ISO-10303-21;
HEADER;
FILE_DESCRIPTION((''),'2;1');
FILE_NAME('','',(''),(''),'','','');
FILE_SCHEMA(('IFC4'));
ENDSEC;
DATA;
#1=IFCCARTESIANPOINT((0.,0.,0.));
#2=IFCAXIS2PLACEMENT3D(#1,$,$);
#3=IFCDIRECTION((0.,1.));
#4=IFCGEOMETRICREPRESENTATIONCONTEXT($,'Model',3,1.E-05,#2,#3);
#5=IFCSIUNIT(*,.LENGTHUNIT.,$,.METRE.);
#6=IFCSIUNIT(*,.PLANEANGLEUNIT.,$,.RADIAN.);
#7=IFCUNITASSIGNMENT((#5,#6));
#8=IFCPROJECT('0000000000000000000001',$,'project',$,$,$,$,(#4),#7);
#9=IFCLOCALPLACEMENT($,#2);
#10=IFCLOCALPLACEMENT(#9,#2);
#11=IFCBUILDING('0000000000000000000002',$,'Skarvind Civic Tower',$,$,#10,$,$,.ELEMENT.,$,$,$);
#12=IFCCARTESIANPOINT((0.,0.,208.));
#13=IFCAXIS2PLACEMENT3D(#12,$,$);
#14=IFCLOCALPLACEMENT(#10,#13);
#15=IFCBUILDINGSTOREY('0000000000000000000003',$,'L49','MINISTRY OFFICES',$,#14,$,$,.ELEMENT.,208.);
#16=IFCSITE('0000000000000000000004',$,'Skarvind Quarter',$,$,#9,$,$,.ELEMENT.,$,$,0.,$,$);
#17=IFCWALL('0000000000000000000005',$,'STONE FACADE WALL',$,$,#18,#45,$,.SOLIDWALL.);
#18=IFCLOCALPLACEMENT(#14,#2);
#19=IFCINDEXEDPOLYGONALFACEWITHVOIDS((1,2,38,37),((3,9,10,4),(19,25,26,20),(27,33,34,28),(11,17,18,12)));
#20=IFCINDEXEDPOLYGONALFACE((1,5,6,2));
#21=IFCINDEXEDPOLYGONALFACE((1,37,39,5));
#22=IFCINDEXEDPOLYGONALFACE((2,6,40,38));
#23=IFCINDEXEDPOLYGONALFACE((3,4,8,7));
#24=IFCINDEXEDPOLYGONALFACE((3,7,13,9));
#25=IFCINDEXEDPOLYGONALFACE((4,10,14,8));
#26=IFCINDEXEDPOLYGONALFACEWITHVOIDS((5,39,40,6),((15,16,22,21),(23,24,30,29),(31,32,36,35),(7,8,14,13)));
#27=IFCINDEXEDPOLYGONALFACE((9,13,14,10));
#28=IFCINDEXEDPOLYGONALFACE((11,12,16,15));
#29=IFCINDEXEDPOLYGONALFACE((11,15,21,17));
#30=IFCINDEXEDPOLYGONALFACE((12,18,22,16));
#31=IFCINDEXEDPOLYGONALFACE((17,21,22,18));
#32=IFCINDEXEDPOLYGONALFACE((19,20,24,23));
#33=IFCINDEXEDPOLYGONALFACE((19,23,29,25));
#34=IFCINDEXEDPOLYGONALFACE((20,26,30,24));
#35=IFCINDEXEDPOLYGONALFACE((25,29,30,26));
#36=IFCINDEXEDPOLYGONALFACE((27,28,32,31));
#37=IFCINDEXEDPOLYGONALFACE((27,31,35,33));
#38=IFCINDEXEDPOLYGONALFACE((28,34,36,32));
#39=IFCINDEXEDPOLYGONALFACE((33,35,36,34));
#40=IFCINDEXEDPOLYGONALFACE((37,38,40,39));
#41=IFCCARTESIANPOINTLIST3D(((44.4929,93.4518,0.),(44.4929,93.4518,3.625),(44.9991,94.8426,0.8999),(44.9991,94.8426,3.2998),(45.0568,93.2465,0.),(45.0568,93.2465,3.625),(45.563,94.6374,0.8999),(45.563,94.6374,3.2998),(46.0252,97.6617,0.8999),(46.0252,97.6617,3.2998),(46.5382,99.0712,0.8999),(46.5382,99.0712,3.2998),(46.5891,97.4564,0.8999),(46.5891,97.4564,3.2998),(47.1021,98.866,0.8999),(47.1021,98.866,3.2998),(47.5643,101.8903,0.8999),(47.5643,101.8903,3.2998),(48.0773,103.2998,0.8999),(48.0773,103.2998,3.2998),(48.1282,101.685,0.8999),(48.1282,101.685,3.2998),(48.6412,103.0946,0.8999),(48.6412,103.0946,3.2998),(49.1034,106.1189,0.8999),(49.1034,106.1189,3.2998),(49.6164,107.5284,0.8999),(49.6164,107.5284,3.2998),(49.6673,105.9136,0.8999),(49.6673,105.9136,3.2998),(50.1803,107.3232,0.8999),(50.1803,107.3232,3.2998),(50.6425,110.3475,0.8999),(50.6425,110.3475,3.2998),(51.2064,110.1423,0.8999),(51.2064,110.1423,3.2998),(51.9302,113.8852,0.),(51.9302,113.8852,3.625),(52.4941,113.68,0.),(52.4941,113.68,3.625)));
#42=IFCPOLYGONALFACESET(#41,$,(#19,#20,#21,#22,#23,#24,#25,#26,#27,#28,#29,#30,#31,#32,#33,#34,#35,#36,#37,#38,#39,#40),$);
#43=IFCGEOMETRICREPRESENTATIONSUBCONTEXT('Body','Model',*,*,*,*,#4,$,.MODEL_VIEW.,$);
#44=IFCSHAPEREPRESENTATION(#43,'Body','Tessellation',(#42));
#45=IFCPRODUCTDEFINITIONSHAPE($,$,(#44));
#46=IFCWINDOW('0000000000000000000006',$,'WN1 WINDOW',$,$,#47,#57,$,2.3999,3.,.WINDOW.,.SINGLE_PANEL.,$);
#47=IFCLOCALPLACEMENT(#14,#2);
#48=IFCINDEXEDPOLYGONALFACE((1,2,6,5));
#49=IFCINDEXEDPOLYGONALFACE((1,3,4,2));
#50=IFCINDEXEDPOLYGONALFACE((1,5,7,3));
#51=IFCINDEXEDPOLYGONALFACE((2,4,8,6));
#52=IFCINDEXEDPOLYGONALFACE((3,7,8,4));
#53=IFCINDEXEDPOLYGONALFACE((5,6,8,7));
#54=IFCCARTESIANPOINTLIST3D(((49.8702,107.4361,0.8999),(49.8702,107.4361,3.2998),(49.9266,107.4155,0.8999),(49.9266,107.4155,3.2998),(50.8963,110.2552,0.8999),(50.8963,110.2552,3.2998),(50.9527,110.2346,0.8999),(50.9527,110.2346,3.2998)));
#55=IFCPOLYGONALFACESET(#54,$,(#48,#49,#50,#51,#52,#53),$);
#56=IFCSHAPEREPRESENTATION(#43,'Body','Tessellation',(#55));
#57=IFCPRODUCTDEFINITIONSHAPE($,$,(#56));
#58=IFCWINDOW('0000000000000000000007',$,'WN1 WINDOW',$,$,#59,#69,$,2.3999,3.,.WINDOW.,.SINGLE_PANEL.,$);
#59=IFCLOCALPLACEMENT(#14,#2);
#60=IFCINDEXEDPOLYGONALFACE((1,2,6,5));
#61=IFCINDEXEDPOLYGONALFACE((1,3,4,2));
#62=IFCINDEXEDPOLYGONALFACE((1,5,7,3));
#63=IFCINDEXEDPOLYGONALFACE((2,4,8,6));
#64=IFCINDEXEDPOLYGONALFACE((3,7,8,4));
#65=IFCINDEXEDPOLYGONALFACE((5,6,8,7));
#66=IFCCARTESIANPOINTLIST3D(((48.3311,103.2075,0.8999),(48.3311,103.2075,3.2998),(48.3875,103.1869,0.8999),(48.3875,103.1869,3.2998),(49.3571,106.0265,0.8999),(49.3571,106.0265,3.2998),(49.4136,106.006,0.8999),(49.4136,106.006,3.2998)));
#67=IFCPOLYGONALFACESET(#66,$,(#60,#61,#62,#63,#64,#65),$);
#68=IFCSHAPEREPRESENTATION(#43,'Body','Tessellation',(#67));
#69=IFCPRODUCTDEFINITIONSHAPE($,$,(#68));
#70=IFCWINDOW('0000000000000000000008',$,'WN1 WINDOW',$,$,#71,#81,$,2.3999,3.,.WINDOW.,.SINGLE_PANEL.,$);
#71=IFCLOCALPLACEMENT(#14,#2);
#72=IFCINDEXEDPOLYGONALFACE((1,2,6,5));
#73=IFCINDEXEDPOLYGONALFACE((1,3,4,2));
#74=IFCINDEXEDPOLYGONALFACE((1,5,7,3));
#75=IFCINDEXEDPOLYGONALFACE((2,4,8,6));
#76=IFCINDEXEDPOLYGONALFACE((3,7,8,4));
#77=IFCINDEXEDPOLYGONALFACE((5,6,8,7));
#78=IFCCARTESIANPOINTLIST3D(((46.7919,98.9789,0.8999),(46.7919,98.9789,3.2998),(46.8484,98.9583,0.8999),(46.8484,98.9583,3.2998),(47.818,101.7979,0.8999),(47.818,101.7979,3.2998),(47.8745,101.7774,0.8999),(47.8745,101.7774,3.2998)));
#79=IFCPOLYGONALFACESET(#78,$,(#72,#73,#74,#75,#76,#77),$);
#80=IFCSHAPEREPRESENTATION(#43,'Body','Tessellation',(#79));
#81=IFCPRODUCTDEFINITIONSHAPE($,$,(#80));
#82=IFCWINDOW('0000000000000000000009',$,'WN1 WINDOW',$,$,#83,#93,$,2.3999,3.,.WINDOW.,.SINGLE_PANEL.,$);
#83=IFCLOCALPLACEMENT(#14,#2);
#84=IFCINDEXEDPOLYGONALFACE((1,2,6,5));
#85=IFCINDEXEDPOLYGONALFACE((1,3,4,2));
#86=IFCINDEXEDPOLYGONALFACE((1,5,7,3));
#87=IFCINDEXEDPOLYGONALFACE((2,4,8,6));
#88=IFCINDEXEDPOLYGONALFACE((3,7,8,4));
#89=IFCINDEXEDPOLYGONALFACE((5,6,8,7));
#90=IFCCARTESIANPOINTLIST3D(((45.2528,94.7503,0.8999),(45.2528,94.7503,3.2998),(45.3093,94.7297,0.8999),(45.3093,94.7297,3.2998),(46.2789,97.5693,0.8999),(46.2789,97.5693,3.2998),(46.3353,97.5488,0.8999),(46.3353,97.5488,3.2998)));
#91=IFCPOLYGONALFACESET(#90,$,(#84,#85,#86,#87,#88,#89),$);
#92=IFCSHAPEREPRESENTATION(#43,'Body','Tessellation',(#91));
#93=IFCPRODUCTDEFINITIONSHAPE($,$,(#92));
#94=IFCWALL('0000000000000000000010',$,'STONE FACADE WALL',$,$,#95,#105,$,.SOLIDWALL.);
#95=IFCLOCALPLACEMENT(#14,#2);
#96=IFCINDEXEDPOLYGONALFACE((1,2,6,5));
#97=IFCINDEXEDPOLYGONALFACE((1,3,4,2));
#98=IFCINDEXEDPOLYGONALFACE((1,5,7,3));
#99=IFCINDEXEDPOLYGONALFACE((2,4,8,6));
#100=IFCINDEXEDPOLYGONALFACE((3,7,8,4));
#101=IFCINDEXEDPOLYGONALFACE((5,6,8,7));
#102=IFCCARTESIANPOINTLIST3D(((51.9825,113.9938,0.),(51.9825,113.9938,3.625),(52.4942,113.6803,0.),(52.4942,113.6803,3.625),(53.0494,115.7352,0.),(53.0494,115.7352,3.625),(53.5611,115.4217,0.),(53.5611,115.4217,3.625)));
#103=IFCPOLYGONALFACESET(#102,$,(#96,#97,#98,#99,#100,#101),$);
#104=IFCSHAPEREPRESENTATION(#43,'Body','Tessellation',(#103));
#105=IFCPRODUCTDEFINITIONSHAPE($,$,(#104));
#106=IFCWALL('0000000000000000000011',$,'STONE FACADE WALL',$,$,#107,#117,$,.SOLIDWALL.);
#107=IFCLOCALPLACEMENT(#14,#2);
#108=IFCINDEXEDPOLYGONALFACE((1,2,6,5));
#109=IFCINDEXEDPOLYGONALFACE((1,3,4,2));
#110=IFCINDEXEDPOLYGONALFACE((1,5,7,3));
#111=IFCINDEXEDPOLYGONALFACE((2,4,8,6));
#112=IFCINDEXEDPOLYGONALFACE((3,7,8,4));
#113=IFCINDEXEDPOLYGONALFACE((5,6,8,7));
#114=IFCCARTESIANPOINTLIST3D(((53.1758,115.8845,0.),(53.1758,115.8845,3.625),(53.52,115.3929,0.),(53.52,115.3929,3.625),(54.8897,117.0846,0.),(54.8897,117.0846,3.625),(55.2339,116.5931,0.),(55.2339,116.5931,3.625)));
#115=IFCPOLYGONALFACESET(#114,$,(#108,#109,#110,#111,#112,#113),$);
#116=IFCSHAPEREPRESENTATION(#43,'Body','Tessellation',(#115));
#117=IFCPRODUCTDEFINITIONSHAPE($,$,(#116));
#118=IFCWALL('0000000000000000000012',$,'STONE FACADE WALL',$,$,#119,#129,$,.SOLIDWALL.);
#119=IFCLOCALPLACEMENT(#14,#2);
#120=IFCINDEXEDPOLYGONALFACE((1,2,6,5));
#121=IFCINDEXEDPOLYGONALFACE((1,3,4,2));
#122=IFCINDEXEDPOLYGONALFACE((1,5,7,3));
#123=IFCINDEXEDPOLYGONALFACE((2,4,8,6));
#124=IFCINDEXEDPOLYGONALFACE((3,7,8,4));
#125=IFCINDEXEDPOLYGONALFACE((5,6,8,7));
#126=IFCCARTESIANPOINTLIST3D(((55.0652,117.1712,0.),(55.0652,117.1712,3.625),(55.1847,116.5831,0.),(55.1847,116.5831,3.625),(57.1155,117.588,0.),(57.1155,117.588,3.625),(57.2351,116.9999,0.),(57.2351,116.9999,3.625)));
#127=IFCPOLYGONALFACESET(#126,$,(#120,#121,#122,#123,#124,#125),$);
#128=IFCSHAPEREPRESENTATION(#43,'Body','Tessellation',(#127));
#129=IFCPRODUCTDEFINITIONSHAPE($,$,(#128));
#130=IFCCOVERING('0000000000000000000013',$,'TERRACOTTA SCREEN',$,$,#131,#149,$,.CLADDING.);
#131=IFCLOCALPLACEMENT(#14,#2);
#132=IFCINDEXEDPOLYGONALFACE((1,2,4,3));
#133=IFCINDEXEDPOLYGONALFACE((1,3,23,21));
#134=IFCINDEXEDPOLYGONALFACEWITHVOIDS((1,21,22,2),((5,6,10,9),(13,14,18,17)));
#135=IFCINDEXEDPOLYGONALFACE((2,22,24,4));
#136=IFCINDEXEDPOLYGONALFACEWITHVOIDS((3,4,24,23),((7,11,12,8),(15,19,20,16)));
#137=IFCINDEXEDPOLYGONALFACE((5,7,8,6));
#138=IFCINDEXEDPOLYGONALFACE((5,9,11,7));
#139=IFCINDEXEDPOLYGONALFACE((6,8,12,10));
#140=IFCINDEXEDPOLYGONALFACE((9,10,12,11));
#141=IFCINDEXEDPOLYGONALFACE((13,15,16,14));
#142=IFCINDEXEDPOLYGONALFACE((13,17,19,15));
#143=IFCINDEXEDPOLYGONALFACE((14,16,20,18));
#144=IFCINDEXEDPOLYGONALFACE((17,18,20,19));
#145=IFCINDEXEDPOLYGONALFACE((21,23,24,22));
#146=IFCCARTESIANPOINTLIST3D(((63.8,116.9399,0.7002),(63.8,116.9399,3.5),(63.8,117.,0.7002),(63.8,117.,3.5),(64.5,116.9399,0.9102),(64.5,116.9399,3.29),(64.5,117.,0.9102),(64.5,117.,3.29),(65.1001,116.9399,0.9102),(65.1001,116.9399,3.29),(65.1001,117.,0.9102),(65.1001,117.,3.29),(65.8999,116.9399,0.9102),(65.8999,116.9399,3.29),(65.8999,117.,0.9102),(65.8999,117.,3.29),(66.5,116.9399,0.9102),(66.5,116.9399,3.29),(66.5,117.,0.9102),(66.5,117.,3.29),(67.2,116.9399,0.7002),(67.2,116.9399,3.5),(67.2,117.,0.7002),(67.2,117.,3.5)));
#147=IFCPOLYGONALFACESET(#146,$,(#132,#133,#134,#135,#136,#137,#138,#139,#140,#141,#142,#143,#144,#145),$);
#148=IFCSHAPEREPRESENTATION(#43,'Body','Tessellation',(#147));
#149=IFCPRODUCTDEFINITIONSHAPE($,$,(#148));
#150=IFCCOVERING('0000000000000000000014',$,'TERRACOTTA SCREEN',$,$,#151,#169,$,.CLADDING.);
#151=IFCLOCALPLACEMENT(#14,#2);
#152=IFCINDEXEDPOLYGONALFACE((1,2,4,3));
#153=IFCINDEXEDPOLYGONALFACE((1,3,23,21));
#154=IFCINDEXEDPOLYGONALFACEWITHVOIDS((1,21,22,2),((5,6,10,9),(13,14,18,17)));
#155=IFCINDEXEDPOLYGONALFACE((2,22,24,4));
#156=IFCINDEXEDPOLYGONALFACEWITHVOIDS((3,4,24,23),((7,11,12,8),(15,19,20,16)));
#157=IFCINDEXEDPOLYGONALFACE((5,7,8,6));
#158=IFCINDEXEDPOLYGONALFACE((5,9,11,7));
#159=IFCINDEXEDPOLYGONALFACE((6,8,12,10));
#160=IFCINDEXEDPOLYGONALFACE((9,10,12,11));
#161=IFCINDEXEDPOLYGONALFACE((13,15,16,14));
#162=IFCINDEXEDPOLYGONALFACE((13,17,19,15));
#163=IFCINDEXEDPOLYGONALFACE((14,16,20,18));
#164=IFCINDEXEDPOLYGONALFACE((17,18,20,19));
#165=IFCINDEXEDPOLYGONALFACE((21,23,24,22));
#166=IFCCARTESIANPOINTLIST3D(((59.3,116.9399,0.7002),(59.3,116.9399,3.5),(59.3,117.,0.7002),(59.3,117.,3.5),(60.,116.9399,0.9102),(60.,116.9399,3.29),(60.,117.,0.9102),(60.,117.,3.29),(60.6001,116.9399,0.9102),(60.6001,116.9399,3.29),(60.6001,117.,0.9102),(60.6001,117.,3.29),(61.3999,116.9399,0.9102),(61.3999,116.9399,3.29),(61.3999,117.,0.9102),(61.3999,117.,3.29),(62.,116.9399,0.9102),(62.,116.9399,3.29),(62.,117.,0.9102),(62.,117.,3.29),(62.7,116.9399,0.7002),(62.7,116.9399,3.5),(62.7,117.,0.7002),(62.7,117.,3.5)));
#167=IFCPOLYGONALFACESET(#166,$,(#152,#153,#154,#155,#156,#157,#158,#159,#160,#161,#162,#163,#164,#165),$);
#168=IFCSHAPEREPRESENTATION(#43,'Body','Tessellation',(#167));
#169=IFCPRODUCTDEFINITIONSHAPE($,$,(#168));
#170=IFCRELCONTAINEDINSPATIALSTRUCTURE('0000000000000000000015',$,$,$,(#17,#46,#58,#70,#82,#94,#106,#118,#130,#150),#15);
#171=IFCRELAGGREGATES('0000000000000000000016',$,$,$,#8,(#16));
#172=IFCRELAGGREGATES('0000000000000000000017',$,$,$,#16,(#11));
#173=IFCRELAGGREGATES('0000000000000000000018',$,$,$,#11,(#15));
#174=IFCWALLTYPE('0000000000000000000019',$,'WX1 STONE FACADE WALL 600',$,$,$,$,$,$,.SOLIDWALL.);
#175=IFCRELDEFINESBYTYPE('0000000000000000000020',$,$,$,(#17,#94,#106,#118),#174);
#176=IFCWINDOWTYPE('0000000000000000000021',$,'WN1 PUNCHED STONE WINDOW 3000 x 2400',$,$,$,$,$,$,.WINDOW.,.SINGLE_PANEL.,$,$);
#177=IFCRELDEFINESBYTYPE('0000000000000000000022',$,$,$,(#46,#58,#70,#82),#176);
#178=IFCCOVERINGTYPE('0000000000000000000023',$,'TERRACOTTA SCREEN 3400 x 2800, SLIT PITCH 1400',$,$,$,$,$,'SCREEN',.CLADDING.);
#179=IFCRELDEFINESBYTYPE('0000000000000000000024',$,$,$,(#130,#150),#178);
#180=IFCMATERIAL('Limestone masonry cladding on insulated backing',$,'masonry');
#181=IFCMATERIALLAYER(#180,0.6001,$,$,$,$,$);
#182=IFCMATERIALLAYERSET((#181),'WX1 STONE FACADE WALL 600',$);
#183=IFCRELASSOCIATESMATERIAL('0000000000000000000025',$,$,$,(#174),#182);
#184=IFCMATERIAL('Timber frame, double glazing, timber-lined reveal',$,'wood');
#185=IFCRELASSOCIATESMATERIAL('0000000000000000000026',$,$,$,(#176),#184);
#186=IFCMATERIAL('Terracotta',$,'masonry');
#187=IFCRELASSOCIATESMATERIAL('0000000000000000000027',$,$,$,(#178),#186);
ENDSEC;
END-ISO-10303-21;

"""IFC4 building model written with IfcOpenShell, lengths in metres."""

from ifc_helpers import new_model, si_unit, direction, frame, frame_2d, origin, place, context, subcontext, project, spatial, polyline, rectangle, outline, extrude, material, layer, layer_set, material_profile, profile_set, type_object, element, fill, save


model = new_model("IFC4")

# Units and contexts
model_context = context("Model", 3, precision=1e-05, world=origin(), true_north=direction((0.0, 1.0)))
body_context = subcontext(model_context, "Body", "Model", "MODEL_VIEW")
ifc_project = project(units=[si_unit("LENGTHUNIT", "METRE"), si_unit("PLANEANGLEUNIT", "RADIAN")], contexts=[model_context])

# Site, building, storey
site_placement = place(None, origin())
site = spatial("IfcSite", under=ifc_project, at=site_placement, Name="Skarvind Quarter", CompositionType="ELEMENT", RefElevation=0.0)
building_placement = place(site_placement, origin())
building = spatial("IfcBuilding", under=site, at=building_placement, Name="Skarvind Civic Tower", CompositionType="ELEMENT")
storey_placement = place(building_placement, frame((0.0, 0.0, 208.0)))
storey = spatial("IfcBuildingStorey", under=building, at=storey_placement, Name="L49", Description="MINISTRY OFFICES", CompositionType="ELEMENT", Elevation=208.0)

# Wall, openings, windows
ifc_material_1 = material(Name="Limestone masonry cladding on insulated backing", Category="masonry")
ifc_layer_1 = layer(ifc_material_1, 0.6001)
ifc_layer_set_1 = layer_set([ifc_layer_1], Name="WX1 STONE FACADE WALL 600")
wall_type_1 = type_object("IfcWallType", Name="WX1 STONE FACADE WALL 600", PredefinedType="SOLIDWALL", material=ifc_layer_set_1)
wall_1_placement = place(storey_placement, frame((52.2122, 113.7827, 0.0), z_axis=(0.0, 0.0, 1.0), x_axis=(-0.342025, -0.939691, 0.0)))
wall_1 = element("IfcWall", 1, at=wall_1_placement, inside=storey, type_object=wall_type_1, Name="STONE FACADE WALL", PredefinedType="SOLIDWALL", context=body_context, shape_type="SweptSolid", body=[
    extrude(rectangle(XDim=21.7449, YDim=0.6001, at=frame_2d((10.8726, 0.0))), origin(), (0.0, 0.0, 1.0), 3.625),
])
opening_1_placement = place(wall_1_placement, frame((3.7649, 0.0, 0.8999)))
opening_1 = element("IfcOpeningElement", 2, at=opening_1_placement, cuts=wall_1, PredefinedType="OPENING", context=body_context, shape_type="SweptSolid", body=[
    extrude(rectangle(XDim=3.0, YDim=2.3999, at=frame_2d((1.5, 1.2))), frame((0.0, 0.3101, 0.0), z_axis=(0.0, -1.0, 0.0), x_axis=(1.0, 0.0, 0.0)), (0.0, 0.0, 1.0), 0.6201),
])
opening_2_placement = place(wall_1_placement, frame((8.2649, 0.0, 0.8999)))
opening_2 = element("IfcOpeningElement", 3, at=opening_2_placement, cuts=wall_1, PredefinedType="OPENING", context=body_context, shape_type="SweptSolid", body=[
    extrude(rectangle(XDim=3.0, YDim=2.3999, at=frame_2d((1.5, 1.2))), frame((0.0, 0.3101, 0.0), z_axis=(0.0, -1.0, 0.0), x_axis=(1.0, 0.0, 0.0)), (0.0, 0.0, 1.0), 0.6201),
])
opening_3_placement = place(wall_1_placement, frame((12.7649, 0.0, 0.8999)))
opening_3 = element("IfcOpeningElement", 4, at=opening_3_placement, cuts=wall_1, PredefinedType="OPENING", context=body_context, shape_type="SweptSolid", body=[
    extrude(rectangle(XDim=3.0, YDim=2.3999, at=frame_2d((1.5, 1.2))), frame((0.0, 0.3101, 0.0), z_axis=(0.0, -1.0, 0.0), x_axis=(1.0, 0.0, 0.0)), (0.0, 0.0, 1.0), 0.6201),
])
opening_4_placement = place(wall_1_placement, frame((17.2649, 0.0, 0.8999)))
opening_4 = element("IfcOpeningElement", 5, at=opening_4_placement, cuts=wall_1, PredefinedType="OPENING", context=body_context, shape_type="SweptSolid", body=[
    extrude(rectangle(XDim=3.0, YDim=2.3999, at=frame_2d((1.5, 1.2))), frame((0.0, 0.3101, 0.0), z_axis=(0.0, -1.0, 0.0), x_axis=(1.0, 0.0, 0.0)), (0.0, 0.0, 1.0), 0.6201),
])
ifc_material_2 = material(Name="Timber frame, double glazing, timber-lined reveal", Category="wood")
window_type = type_object("IfcWindowType", Name="WN1 PUNCHED STONE WINDOW 3000 x 2400", PartitioningType="SINGLE_PANEL", PredefinedType="WINDOW", material=ifc_material_2)
window_1_placement = place(opening_1_placement, origin())
window_1 = element("IfcWindow", 6, at=window_1_placement, inside=storey, type_object=window_type, Name="WN1 WINDOW", OverallHeight=2.3999, OverallWidth=3.0, PartitioningType="SINGLE_PANEL", PredefinedType="WINDOW", context=body_context, shape_type="SweptSolid", body=[
    extrude(rectangle(XDim=3.0, YDim=2.3999, at=frame_2d((1.5, 1.2))), frame((0.0, 0.03, 0.0), z_axis=(0.0, -1.0, 0.0), x_axis=(1.0, 0.0, 0.0)), (0.0, 0.0, 1.0), 0.0601),
])
fill(opening_1, window_1)
window_2_placement = place(opening_2_placement, origin())
window_2 = element("IfcWindow", 7, at=window_2_placement, inside=storey, type_object=window_type, Name="WN1 WINDOW", OverallHeight=2.3999, OverallWidth=3.0, PartitioningType="SINGLE_PANEL", PredefinedType="WINDOW", context=body_context, shape_type="SweptSolid", body=[
    extrude(rectangle(XDim=3.0, YDim=2.3999, at=frame_2d((1.5, 1.2))), frame((0.0, 0.03, 0.0), z_axis=(0.0, -1.0, 0.0), x_axis=(1.0, 0.0, 0.0)), (0.0, 0.0, 1.0), 0.0601),
])
fill(opening_2, window_2)
window_3_placement = place(opening_3_placement, origin())
window_3 = element("IfcWindow", 8, at=window_3_placement, inside=storey, type_object=window_type, Name="WN1 WINDOW", OverallHeight=2.3999, OverallWidth=3.0, PartitioningType="SINGLE_PANEL", PredefinedType="WINDOW", context=body_context, shape_type="SweptSolid", body=[
    extrude(rectangle(XDim=3.0, YDim=2.3999, at=frame_2d((1.5, 1.2))), frame((0.0, 0.03, 0.0), z_axis=(0.0, -1.0, 0.0), x_axis=(1.0, 0.0, 0.0)), (0.0, 0.0, 1.0), 0.0601),
])
fill(opening_3, window_3)
window_4_placement = place(opening_4_placement, origin())
window_4 = element("IfcWindow", 9, at=window_4_placement, inside=storey, type_object=window_type, Name="WN1 WINDOW", OverallHeight=2.3999, OverallWidth=3.0, PartitioningType="SINGLE_PANEL", PredefinedType="WINDOW", context=body_context, shape_type="SweptSolid", body=[
    extrude(rectangle(XDim=3.0, YDim=2.3999, at=frame_2d((1.5, 1.2))), frame((0.0, 0.03, 0.0), z_axis=(0.0, -1.0, 0.0), x_axis=(1.0, 0.0, 0.0)), (0.0, 0.0, 1.0), 0.0601),
])
fill(opening_4, window_4)

# Walls
wall_2_placement = place(storey_placement, frame((53.3052, 115.5784, 0.0), z_axis=(0.0, 0.0, 1.0), x_axis=(-0.522402, -0.852699, 0.0)))
element("IfcWall", 10, at=wall_2_placement, inside=storey, type_object=wall_type_1, Name="STONE FACADE WALL", PredefinedType="SOLIDWALL", context=body_context, shape_type="SweptSolid", body=[
    extrude(rectangle(XDim=2.0422, YDim=0.6001, at=frame_2d((1.021, 0.0))), origin(), (0.0, 0.0, 1.0), 3.625),
])
for number, where, z_axis, x_axis, name in (
    (11, (55.0618, 116.8389, 0.0), (0.0, 0.0, 1.0), (-0.819122, -0.573619, 0.0), "STONE FACADE WALL"),
    (12, (57.1753, 117.2939, 0.0), (0.0, 0.0, 1.0), (-0.979961, -0.199189, 0.0), "STONE FACADE WALL"),
):
    element("IfcWall", number, at=place(storey_placement, frame(where, z_axis=z_axis, x_axis=x_axis)), inside=storey, type_object=wall_type_1, Name=name, PredefinedType="SOLIDWALL", context=body_context, shape_type="SweptSolid", body=[
        extrude(rectangle(XDim=2.0923, YDim=0.6001, at=frame_2d((1.0461, 0.0))), origin(), (0.0, 0.0, 1.0), 3.625),
    ])

# Coverings
ifc_material_3 = material(Name="Terracotta", Category="masonry")
ifc_material_profile_1 = material_profile(ifc_material_3, outline(polyline([(-1.7, -1.3999), (1.7, -1.3999), (1.7, 1.3999), (-1.7, 1.3999), (-1.7, -1.3999)]), holes=[polyline([(-1.0, -1.1899), (-0.3999, -1.1899), (-0.3999, 1.1899), (-1.0, 1.1899), (-1.0, -1.1899)]), polyline([(0.3999, -1.1899), (1.0, -1.1899), (1.0, 1.1899), (0.3999, 1.1899), (0.3999, -1.1899)])]), Name="TERRACOTTA SCREEN 3400 x 2800, SLIT PITCH 1400")
ifc_profile_set_1 = profile_set([ifc_material_profile_1], Name="Terracotta")
covering_type_1 = type_object("IfcCoveringType", Name="TERRACOTTA SCREEN 3400 x 2800, SLIT PITCH 1400", ElementType="SCREEN", PredefinedType="CLADDING", material=ifc_profile_set_1)
for number, where, z_axis, x_axis, name in (
    (13, (65.5, 117.0, 2.1001), (0.0, -1.0, 0.0), (1.0, 0.0, 0.0), "TERRACOTTA SCREEN"),
    (14, (61.0, 117.0, 2.1001), (0.0, -1.0, 0.0), (1.0, 0.0, 0.0), "TERRACOTTA SCREEN"),
):
    element("IfcCovering", number, at=place(storey_placement, frame(where, z_axis=z_axis, x_axis=x_axis)), inside=storey, type_object=covering_type_1, Name=name, PredefinedType="CLADDING", context=body_context, shape_type="SweptSolid", body=[
        extrude(outline(polyline([(-1.7, -1.3999), (1.7, -1.3999), (1.7, 1.3999), (-1.7, 1.3999), (-1.7, -1.3999)]), holes=[polyline([(-1.0, -1.1899), (-0.3999, -1.1899), (-0.3999, 1.1899), (-1.0, 1.1899), (-1.0, -1.1899)]), polyline([(0.3999, -1.1899), (1.0, -1.1899), (1.0, 1.1899), (0.3999, 1.1899), (0.3999, -1.1899)])]), origin(), (0.0, 0.0, 1.0), 0.0601),
    ])

save(model, "model.ifc")
